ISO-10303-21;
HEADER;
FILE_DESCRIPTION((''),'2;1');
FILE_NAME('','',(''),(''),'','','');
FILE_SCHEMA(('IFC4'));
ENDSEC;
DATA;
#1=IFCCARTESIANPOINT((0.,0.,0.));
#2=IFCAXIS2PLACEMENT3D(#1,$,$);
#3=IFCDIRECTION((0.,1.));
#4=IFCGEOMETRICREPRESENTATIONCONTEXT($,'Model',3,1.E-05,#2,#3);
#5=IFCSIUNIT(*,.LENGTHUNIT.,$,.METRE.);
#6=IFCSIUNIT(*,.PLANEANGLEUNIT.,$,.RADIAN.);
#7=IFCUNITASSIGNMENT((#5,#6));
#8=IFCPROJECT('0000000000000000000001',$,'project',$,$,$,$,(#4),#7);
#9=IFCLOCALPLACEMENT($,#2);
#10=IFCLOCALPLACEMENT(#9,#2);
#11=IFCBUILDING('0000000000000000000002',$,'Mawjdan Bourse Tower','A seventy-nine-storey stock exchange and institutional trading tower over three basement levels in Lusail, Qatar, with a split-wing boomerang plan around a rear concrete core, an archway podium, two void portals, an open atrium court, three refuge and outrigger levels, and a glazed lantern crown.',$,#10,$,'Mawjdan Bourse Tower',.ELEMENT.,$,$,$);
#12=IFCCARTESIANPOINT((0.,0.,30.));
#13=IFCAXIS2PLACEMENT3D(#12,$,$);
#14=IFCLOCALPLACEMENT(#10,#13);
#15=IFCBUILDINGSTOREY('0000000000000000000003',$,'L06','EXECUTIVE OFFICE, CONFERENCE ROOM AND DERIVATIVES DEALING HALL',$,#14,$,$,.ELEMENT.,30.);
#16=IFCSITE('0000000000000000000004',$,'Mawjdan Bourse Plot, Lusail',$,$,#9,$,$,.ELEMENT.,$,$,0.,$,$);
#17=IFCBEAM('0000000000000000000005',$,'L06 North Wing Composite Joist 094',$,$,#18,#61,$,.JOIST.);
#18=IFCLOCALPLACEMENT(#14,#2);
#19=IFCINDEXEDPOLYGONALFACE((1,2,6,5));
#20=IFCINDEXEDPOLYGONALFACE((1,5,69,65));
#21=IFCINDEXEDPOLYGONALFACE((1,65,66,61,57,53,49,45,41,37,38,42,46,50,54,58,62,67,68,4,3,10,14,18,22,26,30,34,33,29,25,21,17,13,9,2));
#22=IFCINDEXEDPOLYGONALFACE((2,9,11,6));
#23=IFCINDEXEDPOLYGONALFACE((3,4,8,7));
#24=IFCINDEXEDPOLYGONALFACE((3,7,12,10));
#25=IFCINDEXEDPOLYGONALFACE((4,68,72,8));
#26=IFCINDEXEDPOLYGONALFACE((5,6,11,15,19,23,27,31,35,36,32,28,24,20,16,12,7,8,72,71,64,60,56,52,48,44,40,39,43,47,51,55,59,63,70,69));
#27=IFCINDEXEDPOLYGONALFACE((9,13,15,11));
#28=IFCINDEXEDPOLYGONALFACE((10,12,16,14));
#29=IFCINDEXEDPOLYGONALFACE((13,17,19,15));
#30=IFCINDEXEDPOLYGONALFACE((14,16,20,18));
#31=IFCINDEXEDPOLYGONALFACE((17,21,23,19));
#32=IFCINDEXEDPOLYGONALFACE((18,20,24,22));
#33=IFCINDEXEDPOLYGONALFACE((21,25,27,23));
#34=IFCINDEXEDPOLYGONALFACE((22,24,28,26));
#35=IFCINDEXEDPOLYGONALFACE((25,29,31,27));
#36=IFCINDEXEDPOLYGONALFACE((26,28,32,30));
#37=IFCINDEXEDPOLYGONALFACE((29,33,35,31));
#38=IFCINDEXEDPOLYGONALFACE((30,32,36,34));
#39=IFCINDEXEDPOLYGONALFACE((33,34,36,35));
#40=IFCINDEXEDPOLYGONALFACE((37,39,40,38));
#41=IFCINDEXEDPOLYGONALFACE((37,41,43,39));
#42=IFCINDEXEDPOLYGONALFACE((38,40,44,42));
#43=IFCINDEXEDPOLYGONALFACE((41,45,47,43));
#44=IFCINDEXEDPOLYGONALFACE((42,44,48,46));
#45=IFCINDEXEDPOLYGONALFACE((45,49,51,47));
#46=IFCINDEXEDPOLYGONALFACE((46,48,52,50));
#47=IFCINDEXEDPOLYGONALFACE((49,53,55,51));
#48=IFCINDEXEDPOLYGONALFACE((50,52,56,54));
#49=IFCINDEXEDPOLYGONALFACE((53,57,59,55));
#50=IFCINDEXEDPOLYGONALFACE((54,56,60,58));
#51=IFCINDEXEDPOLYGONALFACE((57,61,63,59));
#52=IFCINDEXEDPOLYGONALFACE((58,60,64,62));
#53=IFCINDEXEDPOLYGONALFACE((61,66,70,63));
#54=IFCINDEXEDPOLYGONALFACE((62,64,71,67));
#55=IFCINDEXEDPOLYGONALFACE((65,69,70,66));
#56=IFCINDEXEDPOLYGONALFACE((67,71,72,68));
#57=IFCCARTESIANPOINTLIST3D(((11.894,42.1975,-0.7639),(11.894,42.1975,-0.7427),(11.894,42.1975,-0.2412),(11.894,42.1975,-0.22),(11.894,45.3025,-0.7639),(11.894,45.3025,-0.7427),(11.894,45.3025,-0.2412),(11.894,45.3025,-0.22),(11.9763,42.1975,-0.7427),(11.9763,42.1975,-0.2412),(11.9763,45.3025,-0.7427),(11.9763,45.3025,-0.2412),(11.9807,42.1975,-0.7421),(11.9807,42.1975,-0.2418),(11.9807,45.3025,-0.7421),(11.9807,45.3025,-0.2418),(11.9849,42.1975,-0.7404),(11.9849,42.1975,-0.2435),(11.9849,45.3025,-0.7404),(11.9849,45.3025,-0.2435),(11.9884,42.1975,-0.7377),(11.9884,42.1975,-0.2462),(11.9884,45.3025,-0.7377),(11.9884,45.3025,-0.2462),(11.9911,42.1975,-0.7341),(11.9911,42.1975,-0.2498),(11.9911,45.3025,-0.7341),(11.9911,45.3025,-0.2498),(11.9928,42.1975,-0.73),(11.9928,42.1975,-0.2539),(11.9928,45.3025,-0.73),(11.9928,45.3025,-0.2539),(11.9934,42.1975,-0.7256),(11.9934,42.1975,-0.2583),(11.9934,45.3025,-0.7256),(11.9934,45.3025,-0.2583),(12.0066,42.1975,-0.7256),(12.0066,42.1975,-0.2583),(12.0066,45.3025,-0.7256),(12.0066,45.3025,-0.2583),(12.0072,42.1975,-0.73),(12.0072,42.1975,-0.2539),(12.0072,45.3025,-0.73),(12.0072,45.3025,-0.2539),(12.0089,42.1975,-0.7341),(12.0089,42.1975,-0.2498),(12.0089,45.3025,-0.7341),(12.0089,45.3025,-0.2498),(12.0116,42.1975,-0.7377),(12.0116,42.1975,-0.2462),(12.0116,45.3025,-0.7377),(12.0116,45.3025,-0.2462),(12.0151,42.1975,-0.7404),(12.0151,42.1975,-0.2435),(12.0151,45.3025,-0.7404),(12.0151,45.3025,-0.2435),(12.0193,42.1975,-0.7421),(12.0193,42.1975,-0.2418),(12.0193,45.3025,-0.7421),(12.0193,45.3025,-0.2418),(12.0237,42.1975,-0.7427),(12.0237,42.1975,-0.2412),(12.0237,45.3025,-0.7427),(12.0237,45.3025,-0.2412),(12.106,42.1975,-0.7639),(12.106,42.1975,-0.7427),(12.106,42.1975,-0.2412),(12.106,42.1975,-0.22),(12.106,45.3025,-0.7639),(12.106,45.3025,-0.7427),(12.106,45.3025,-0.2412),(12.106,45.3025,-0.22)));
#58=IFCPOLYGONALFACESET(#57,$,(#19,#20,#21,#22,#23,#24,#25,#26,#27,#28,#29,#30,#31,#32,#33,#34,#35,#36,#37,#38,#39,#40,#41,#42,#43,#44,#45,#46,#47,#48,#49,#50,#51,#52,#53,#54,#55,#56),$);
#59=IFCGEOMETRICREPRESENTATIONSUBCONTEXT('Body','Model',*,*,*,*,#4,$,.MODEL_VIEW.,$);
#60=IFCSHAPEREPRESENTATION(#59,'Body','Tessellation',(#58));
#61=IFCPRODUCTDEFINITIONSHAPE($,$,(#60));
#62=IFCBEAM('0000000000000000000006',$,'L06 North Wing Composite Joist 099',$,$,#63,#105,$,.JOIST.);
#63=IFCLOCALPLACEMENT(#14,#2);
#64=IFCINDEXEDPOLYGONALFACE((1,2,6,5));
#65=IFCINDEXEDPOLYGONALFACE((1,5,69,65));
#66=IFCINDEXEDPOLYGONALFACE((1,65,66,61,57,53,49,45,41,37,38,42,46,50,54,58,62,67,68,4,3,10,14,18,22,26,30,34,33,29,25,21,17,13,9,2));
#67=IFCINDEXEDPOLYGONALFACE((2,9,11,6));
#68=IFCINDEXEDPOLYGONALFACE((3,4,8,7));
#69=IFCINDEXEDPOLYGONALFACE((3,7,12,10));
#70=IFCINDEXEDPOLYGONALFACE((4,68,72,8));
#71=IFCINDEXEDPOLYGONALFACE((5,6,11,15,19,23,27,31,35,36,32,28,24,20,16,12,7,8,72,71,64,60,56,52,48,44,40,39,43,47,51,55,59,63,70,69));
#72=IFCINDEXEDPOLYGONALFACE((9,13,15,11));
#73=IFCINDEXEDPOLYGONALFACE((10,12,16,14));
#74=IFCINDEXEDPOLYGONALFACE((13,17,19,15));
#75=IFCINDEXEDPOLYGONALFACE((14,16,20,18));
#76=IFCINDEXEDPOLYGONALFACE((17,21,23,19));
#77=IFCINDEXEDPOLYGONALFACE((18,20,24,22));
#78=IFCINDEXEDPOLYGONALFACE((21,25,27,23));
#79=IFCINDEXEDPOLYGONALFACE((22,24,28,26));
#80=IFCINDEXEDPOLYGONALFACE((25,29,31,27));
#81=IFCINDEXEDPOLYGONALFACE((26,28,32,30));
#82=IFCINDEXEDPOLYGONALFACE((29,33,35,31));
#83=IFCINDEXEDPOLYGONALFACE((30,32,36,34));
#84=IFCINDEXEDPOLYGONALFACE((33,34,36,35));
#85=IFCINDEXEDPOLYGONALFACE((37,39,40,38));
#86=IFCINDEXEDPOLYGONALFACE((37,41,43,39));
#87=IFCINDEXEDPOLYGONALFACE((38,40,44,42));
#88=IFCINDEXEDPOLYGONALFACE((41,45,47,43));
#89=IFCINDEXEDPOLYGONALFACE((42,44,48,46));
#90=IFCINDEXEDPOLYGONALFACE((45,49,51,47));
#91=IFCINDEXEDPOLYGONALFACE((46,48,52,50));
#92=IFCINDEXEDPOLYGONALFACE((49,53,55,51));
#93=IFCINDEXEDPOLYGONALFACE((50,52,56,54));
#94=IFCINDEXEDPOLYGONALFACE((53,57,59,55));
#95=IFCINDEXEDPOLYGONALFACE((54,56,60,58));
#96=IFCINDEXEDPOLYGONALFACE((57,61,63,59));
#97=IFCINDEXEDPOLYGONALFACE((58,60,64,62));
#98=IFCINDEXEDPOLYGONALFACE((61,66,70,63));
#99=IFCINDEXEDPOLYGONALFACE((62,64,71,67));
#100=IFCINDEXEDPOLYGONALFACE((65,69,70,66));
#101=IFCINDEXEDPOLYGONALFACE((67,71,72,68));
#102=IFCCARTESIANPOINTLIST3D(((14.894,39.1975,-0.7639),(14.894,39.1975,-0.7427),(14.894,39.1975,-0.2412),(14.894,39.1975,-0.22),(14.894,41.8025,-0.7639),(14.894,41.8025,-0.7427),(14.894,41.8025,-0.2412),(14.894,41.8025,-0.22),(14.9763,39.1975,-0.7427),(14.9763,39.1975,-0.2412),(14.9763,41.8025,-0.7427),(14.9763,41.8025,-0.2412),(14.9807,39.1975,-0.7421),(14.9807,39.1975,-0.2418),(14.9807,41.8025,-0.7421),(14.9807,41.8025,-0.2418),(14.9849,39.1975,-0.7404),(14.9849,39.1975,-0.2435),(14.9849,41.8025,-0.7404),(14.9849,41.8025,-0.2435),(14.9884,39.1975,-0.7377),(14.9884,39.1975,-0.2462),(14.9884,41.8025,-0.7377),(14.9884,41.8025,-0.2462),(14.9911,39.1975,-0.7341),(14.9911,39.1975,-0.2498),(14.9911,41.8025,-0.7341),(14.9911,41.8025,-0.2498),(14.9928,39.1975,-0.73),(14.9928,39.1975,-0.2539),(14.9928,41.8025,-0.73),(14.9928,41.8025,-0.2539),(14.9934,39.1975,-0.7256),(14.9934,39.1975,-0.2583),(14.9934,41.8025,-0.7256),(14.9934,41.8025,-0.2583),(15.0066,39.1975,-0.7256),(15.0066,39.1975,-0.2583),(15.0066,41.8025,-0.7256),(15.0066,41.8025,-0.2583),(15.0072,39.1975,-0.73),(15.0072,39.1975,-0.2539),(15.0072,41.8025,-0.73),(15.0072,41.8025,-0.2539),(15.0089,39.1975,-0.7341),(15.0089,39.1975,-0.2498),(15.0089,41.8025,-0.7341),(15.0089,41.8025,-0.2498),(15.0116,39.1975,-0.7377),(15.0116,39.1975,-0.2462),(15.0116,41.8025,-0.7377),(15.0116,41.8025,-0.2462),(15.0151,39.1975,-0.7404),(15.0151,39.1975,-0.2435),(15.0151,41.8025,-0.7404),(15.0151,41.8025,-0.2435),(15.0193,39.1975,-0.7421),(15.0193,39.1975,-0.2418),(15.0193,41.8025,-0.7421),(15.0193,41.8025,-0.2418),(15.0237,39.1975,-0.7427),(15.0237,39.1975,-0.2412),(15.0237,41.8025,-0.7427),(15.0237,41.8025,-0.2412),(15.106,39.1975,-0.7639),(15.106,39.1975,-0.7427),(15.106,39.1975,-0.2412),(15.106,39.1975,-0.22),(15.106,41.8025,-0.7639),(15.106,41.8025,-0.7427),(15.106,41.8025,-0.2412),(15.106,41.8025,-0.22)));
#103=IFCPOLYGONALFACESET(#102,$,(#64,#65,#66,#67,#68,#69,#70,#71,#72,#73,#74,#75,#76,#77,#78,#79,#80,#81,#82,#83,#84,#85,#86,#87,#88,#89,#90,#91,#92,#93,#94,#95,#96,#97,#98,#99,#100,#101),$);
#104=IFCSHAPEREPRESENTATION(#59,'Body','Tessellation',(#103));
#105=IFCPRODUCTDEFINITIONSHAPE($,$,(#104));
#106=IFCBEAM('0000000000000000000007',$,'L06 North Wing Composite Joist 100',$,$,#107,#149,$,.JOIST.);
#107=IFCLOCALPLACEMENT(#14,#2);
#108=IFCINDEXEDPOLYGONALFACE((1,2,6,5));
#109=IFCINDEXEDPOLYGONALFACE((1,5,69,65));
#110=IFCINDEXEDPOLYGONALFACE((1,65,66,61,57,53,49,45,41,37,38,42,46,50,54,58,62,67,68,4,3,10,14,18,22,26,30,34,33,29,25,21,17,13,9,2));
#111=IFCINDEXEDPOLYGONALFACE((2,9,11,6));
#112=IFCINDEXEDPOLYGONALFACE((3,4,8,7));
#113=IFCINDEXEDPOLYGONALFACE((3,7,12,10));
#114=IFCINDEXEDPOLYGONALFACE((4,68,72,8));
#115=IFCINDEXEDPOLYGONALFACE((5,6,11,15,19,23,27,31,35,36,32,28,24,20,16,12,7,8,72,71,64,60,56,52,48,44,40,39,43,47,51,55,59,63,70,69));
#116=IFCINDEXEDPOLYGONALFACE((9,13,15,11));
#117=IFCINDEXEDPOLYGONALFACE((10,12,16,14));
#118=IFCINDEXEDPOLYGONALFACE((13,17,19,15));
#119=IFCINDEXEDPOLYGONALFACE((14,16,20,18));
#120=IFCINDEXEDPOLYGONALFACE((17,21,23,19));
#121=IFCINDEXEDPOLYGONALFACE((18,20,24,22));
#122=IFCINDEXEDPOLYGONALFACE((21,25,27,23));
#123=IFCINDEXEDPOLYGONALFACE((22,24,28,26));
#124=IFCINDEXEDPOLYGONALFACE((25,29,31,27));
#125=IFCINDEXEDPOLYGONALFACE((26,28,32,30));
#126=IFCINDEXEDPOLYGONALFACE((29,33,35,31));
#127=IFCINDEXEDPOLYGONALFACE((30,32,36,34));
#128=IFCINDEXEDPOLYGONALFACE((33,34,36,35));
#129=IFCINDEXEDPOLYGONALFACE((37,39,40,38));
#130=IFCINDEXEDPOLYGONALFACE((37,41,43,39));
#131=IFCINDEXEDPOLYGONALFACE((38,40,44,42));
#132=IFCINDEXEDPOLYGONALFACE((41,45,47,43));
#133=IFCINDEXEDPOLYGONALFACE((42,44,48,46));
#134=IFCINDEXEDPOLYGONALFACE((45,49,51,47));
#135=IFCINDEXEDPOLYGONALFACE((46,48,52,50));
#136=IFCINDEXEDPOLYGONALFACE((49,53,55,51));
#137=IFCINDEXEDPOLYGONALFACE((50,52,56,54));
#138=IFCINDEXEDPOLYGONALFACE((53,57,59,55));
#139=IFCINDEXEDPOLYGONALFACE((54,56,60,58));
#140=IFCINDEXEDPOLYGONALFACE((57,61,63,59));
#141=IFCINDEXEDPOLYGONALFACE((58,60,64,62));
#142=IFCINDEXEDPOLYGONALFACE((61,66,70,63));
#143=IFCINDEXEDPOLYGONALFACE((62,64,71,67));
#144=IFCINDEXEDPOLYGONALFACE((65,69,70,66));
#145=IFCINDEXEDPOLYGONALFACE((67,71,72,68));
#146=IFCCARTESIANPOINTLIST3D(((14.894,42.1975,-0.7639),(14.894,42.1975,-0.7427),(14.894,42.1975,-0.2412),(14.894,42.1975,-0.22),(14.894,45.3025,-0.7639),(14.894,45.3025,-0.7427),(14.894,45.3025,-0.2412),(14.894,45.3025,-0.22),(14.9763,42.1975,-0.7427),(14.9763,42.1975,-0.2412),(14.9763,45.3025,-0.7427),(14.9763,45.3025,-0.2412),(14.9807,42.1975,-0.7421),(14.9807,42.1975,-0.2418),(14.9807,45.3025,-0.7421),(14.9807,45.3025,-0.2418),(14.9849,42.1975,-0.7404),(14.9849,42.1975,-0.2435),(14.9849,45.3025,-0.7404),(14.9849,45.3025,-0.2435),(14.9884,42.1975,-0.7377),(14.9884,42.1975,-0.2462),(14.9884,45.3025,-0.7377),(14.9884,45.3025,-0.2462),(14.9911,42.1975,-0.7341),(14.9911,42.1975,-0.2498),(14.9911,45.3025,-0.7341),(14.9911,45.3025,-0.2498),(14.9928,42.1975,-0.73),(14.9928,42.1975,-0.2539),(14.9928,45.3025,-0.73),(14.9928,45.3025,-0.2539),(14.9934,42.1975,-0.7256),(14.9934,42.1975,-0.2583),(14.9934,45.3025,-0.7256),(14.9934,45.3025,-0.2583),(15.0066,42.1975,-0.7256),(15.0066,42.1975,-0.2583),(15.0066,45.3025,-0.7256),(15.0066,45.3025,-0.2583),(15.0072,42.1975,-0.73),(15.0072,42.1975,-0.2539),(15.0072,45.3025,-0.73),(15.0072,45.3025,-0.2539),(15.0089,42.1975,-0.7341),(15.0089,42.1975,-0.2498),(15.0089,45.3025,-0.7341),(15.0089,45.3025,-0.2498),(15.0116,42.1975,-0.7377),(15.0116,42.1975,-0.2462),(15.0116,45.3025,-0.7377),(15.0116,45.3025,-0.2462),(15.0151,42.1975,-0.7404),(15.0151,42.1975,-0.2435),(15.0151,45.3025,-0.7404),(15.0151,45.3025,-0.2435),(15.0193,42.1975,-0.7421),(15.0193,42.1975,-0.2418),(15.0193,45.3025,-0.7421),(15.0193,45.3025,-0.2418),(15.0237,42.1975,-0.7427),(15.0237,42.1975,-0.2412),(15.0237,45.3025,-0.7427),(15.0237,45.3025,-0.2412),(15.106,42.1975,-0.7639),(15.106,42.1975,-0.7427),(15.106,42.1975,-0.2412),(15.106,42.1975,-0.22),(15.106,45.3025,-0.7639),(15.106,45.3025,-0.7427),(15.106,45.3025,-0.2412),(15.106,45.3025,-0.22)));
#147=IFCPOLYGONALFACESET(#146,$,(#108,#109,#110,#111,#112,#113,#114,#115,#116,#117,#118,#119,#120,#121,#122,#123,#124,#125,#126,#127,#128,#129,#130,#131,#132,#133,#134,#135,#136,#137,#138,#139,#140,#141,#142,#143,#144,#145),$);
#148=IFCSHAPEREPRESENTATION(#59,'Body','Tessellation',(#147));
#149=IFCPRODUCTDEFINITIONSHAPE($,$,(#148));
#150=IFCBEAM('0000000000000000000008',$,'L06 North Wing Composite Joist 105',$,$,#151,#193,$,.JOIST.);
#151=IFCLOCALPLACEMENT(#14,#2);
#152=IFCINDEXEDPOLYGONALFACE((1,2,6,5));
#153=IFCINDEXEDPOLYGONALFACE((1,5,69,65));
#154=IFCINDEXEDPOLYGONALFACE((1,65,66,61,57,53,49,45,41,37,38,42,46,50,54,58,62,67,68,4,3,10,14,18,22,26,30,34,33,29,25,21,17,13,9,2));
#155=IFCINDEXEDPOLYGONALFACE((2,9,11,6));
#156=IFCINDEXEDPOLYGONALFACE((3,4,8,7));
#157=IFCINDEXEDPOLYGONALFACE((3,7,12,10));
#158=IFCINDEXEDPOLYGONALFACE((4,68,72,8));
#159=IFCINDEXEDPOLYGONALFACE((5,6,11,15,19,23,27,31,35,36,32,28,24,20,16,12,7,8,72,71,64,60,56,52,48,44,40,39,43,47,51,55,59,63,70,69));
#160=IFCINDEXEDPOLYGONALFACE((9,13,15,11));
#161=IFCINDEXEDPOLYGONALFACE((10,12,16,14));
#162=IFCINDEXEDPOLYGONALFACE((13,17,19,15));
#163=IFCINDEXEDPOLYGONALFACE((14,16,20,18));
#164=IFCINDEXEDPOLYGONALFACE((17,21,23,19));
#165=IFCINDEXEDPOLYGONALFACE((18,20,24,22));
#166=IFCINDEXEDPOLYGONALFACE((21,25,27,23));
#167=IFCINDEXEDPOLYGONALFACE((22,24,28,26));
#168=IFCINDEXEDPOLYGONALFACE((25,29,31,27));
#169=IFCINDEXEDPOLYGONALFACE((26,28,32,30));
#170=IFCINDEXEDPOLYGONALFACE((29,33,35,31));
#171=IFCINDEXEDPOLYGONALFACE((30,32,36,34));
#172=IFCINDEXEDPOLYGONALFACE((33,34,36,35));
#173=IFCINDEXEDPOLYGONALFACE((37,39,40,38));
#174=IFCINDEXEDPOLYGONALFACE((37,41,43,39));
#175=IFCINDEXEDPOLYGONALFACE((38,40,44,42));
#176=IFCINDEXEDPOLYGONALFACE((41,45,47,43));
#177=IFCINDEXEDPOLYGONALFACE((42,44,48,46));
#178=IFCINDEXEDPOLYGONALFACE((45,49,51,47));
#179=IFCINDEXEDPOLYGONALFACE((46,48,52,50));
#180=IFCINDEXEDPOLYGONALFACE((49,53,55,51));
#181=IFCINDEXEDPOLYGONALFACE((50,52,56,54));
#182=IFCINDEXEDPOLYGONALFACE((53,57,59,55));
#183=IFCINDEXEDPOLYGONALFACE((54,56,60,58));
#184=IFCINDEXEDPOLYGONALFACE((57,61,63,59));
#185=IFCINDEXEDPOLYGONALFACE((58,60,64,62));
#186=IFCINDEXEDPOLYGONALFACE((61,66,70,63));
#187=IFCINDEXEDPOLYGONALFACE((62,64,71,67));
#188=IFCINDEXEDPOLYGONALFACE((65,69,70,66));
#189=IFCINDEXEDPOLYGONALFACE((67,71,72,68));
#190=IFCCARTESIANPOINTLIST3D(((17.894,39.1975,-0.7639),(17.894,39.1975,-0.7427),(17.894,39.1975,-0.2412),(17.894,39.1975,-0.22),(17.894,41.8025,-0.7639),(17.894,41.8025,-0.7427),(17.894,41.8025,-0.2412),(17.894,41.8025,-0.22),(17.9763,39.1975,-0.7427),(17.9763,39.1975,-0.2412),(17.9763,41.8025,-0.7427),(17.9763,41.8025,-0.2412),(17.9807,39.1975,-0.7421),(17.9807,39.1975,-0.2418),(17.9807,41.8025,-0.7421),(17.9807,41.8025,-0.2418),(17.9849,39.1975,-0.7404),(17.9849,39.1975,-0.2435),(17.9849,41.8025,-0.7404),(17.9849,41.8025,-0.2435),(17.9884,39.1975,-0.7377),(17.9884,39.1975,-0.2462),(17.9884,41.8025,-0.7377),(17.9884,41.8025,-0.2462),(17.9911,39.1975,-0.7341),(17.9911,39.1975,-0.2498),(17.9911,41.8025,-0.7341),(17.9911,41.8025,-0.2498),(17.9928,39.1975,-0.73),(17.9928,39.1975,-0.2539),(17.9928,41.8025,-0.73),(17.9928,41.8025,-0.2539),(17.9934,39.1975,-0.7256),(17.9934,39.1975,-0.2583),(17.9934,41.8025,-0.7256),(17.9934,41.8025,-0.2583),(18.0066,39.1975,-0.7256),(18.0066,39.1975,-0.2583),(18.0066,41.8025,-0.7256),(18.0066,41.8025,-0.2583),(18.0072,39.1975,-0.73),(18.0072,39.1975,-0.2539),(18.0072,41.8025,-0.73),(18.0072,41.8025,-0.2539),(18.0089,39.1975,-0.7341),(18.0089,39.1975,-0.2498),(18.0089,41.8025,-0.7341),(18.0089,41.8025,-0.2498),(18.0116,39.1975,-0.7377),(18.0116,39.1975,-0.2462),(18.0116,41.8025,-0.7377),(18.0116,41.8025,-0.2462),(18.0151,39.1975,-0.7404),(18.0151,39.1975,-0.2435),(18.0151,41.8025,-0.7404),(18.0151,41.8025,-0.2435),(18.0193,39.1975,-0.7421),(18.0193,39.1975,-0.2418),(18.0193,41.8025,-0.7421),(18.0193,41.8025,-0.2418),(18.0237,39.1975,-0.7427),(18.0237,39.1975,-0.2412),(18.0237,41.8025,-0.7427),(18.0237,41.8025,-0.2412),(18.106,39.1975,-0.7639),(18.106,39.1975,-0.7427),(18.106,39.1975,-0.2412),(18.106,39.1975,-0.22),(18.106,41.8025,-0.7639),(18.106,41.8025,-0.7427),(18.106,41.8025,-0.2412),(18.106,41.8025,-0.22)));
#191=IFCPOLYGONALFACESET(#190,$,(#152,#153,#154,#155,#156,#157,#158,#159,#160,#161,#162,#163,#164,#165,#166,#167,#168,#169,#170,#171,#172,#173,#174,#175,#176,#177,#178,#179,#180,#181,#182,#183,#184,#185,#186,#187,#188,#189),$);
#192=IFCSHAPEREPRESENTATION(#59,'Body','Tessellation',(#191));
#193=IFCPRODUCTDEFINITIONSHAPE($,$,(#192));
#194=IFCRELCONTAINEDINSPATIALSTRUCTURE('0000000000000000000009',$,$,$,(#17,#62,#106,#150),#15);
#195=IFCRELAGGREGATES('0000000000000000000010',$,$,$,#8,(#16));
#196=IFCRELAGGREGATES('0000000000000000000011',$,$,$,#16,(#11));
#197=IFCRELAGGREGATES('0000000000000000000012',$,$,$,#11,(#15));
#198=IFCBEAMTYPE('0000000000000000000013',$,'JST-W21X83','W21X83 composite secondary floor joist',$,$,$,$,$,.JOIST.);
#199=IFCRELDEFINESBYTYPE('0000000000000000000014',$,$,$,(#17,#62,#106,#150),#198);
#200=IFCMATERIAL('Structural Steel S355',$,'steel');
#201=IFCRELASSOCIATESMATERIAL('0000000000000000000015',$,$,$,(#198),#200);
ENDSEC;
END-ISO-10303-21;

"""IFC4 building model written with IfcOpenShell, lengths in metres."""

from ifc_helpers import new_model, si_unit, direction, frame, origin, origin_2d, place, context, subcontext, project, spatial, i_section, extrude, material, material_profile, profile_set, type_object, element, save


model = new_model("IFC4")

# Units and contexts
model_context = context("Model", 3, precision=1e-05, world=origin(), true_north=direction((0.0, 1.0)))
body_context = subcontext(model_context, "Body", "Model", "MODEL_VIEW")
ifc_project = project(units=[si_unit("LENGTHUNIT", "METRE"), si_unit("PLANEANGLEUNIT", "RADIAN")], contexts=[model_context])

# Site, building, storey
site_placement = place(None, origin())
site = spatial("IfcSite", under=ifc_project, at=site_placement, Name="Mawjdan Bourse Plot, Lusail", CompositionType="ELEMENT", RefElevation=0.0)
building_placement = place(site_placement, origin())
building = spatial("IfcBuilding", under=site, at=building_placement, Name="Mawjdan Bourse Tower", Description="A seventy-nine-storey stock exchange and institutional trading tower over three basement levels in Lusail, Qatar, with a split-wing boomerang plan around a rear concrete core, an archway podium, two void portals, an open atrium court, three refuge and outrigger levels, and a glazed lantern crown.", LongName="Mawjdan Bourse Tower", CompositionType="ELEMENT")
storey_placement = place(building_placement, frame((0.0, 0.0, 30.0)))
storey = spatial("IfcBuildingStorey", under=building, at=storey_placement, Name="L06", Description="EXECUTIVE OFFICE, CONFERENCE ROOM AND DERIVATIVES DEALING HALL", CompositionType="ELEMENT", Elevation=30.0)

# Beams
ifc_material_1 = material(Name="Structural Steel S355", Category="steel")
ifc_material_profile_1 = material_profile(ifc_material_1, i_section(OverallWidth=0.2119, OverallDepth=0.5439, WebThickness=0.0132, FlangeThickness=0.0212, FilletRadius=0.0171, at=origin_2d()), Name="W21X83")
ifc_profile_set_1 = profile_set([ifc_material_profile_1], Name="Structural Steel S355")
beam_type_1 = type_object("IfcBeamType", Name="JST-W21X83", Description="W21X83 composite secondary floor joist", PredefinedType="JOIST", material=ifc_profile_set_1)
beam_1_placement = place(storey_placement, frame((12.0, 42.1975, -0.4919), z_axis=(0.0, 1.0, 0.0), x_axis=(-1.0, 0.0, 0.0)))
element("IfcBeam", 1, at=beam_1_placement, inside=storey, type_object=beam_type_1, Name="L06 North Wing Composite Joist 094", PredefinedType="JOIST", context=body_context, shape_type="SweptSolid", body=[
    extrude(i_section(OverallWidth=0.2119, OverallDepth=0.5439, WebThickness=0.0132, FlangeThickness=0.0212, FilletRadius=0.0171, at=origin_2d()), origin(), (0.0, 0.0, 1.0), 3.105),
])
beam_2_placement = place(storey_placement, frame((15.0, 39.1975, -0.4919), z_axis=(0.0, 1.0, 0.0), x_axis=(-1.0, 0.0, 0.0)))
element("IfcBeam", 2, at=beam_2_placement, inside=storey, type_object=beam_type_1, Name="L06 North Wing Composite Joist 099", PredefinedType="JOIST", context=body_context, shape_type="SweptSolid", body=[
    extrude(i_section(OverallWidth=0.2119, OverallDepth=0.5439, WebThickness=0.0132, FlangeThickness=0.0212, FilletRadius=0.0171, at=origin_2d()), origin(), (0.0, 0.0, 1.0), 2.605),
])
beam_3_placement = place(storey_placement, frame((15.0, 42.1975, -0.4919), z_axis=(0.0, 1.0, 0.0), x_axis=(-1.0, 0.0, 0.0)))
element("IfcBeam", 3, at=beam_3_placement, inside=storey, type_object=beam_type_1, Name="L06 North Wing Composite Joist 100", PredefinedType="JOIST", context=body_context, shape_type="SweptSolid", body=[
    extrude(i_section(OverallWidth=0.2119, OverallDepth=0.5439, WebThickness=0.0132, FlangeThickness=0.0212, FilletRadius=0.0171, at=origin_2d()), origin(), (0.0, 0.0, 1.0), 3.105),
])
beam_4_placement = place(storey_placement, frame((18.0, 39.1975, -0.4919), z_axis=(0.0, 1.0, 0.0), x_axis=(-1.0, 0.0, 0.0)))
element("IfcBeam", 4, at=beam_4_placement, inside=storey, type_object=beam_type_1, Name="L06 North Wing Composite Joist 105", PredefinedType="JOIST", context=body_context, shape_type="SweptSolid", body=[
    extrude(i_section(OverallWidth=0.2119, OverallDepth=0.5439, WebThickness=0.0132, FlangeThickness=0.0212, FilletRadius=0.0171, at=origin_2d()), origin(), (0.0, 0.0, 1.0), 2.605),
])

save(model, "model.ifc")
